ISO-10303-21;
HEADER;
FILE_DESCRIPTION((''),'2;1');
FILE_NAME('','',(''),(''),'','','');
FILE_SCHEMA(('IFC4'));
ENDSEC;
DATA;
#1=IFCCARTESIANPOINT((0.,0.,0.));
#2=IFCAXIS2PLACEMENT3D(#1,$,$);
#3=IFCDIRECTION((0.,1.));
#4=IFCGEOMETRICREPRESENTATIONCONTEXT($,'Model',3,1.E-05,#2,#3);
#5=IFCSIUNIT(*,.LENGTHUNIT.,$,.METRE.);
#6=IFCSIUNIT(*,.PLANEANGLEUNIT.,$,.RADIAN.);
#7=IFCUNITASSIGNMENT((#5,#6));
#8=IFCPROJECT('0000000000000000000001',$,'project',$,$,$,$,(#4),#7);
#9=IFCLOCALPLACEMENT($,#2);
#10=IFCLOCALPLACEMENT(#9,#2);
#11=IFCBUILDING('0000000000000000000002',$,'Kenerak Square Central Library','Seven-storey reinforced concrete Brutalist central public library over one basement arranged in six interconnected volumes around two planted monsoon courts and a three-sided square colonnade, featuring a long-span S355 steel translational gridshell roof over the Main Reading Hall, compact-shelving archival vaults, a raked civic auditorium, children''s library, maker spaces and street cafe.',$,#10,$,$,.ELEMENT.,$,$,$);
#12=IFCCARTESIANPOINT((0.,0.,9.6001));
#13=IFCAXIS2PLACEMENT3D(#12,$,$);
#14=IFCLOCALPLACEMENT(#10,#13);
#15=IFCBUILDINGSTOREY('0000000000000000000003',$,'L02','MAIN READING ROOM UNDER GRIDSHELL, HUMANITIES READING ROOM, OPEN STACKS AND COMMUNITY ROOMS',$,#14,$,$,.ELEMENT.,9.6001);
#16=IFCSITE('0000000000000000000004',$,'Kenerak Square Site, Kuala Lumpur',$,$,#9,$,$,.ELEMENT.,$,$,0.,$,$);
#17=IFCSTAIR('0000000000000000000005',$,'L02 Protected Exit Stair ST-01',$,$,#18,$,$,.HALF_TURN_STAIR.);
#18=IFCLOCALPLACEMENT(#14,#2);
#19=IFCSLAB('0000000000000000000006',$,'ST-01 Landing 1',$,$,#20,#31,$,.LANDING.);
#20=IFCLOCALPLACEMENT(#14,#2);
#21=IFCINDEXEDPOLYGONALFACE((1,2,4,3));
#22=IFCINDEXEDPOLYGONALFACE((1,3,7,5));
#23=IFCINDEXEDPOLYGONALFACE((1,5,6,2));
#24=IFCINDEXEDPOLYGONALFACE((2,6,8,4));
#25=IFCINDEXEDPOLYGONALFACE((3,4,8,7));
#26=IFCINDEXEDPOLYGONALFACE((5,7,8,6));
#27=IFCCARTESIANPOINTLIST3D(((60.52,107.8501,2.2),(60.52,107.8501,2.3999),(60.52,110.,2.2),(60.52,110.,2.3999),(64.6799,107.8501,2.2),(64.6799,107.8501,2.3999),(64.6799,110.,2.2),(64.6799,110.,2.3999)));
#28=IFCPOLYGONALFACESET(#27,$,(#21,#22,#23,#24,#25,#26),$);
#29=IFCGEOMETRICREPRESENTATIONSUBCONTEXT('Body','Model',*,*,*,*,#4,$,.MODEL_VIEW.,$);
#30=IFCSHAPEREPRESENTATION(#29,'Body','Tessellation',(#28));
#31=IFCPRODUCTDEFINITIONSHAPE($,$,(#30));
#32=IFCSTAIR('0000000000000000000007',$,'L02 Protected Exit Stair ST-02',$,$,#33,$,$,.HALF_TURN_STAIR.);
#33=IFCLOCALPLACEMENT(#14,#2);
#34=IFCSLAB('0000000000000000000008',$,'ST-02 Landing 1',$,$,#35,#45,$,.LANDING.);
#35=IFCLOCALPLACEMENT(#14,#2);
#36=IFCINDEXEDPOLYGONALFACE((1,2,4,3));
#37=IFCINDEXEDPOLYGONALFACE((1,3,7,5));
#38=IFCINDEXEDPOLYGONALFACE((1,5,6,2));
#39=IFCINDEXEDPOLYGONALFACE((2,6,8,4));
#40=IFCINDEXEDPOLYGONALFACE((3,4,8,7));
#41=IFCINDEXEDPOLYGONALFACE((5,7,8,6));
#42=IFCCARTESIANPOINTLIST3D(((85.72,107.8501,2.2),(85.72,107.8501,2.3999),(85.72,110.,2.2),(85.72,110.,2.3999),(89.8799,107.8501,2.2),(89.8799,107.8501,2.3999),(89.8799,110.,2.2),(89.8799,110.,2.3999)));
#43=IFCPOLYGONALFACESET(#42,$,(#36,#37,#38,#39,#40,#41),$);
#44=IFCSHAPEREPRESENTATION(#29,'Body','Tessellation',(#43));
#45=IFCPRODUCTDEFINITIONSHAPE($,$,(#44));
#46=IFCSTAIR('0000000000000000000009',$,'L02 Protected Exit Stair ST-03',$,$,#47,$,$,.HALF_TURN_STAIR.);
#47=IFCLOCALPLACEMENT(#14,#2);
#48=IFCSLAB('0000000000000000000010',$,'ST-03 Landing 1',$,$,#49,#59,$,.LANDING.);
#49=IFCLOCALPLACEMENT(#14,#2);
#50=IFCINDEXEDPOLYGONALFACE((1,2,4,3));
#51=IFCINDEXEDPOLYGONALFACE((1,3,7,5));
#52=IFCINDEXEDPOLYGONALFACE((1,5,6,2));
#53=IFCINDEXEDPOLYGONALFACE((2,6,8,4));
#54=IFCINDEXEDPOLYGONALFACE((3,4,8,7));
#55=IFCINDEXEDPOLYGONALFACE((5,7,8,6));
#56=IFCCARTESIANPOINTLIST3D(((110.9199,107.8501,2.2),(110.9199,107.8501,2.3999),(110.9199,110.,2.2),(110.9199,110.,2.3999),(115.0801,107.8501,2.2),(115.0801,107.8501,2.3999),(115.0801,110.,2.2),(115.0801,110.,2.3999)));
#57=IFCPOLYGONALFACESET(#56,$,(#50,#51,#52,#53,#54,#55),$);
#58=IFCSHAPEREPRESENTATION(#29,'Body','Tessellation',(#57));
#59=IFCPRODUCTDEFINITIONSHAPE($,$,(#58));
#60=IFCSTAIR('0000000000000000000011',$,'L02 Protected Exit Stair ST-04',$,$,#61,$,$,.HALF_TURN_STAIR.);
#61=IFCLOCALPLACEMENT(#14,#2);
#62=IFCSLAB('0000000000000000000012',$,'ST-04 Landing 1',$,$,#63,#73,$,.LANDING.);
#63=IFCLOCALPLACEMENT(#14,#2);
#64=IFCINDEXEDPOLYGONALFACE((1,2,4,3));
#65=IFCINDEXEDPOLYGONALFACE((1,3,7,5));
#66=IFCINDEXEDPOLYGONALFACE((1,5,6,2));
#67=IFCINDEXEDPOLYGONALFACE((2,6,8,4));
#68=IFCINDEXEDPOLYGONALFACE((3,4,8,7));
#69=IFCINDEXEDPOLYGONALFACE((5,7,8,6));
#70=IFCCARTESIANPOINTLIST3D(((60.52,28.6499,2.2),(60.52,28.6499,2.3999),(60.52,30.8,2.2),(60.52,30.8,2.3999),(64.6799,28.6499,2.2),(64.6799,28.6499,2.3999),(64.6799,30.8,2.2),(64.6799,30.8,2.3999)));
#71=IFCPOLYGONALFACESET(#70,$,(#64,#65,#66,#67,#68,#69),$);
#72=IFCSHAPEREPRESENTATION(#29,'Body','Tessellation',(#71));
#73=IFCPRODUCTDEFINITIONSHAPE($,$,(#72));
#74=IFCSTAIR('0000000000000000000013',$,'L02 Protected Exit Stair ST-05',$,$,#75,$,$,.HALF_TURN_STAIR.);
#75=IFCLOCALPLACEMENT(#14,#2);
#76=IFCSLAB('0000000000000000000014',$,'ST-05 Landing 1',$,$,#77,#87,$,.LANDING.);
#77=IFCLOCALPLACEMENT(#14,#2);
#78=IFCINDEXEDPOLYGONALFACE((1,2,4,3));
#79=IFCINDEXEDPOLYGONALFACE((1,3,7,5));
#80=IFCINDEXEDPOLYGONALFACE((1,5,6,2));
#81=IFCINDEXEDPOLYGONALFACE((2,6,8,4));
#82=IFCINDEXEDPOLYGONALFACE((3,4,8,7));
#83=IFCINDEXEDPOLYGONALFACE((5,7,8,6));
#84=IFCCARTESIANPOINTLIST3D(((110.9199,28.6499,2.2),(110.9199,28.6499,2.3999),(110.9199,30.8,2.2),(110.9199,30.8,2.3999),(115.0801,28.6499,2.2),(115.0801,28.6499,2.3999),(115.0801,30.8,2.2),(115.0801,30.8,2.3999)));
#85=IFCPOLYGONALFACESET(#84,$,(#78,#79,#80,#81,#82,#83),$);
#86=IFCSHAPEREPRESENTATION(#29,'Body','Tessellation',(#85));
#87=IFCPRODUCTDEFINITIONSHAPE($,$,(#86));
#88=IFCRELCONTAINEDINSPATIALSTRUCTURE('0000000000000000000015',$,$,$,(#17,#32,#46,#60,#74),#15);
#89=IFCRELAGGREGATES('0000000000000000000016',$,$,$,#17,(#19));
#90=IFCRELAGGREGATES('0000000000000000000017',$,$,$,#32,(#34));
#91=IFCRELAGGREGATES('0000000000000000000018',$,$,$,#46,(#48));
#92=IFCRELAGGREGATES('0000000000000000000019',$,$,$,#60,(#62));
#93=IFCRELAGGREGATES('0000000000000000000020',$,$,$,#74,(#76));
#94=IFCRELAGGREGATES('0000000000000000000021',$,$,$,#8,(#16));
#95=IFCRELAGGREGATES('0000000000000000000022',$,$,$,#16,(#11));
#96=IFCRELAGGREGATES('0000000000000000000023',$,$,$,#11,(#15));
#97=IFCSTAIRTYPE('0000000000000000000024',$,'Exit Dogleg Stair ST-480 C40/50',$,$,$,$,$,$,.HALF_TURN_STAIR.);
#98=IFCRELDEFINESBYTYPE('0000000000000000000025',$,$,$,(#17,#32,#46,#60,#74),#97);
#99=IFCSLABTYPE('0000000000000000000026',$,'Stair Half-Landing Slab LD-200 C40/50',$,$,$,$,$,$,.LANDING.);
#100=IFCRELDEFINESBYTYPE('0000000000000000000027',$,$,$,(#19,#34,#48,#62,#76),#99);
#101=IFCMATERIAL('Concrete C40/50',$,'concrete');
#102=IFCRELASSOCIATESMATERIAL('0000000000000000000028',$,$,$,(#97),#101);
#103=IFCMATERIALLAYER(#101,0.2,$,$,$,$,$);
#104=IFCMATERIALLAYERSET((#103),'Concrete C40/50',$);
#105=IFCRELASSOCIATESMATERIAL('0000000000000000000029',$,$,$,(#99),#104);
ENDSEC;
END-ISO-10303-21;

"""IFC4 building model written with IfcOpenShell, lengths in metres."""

from ifc_helpers import new_model, si_unit, direction, frame, origin, place, context, subcontext, project, spatial, polyline, outline, extrude, material, layer, layer_set, type_object, element, aggregate, save


model = new_model("IFC4")

# Units and contexts
model_context = context("Model", 3, precision=1e-05, world=origin(), true_north=direction((0.0, 1.0)))
body_context = subcontext(model_context, "Body", "Model", "MODEL_VIEW")
ifc_project = project(units=[si_unit("LENGTHUNIT", "METRE"), si_unit("PLANEANGLEUNIT", "RADIAN")], contexts=[model_context])

# Site, building, storey
site_placement = place(None, origin())
site = spatial("IfcSite", under=ifc_project, at=site_placement, Name="Kenerak Square Site, Kuala Lumpur", CompositionType="ELEMENT", RefElevation=0.0)
building_placement = place(site_placement, origin())
building = spatial("IfcBuilding", under=site, at=building_placement, Name="Kenerak Square Central Library", Description="Seven-storey reinforced concrete Brutalist central public library over one basement arranged in six interconnected volumes around two planted monsoon courts and a three-sided square colonnade, featuring a long-span S355 steel translational gridshell roof over the Main Reading Hall, compact-shelving archival vaults, a raked civic auditorium, children's library, maker spaces and street cafe.", CompositionType="ELEMENT")
storey_placement = place(building_placement, frame((0.0, 0.0, 9.6001)))
storey = spatial("IfcBuildingStorey", under=building, at=storey_placement, Name="L02", Description="MAIN READING ROOM UNDER GRIDSHELL, HUMANITIES READING ROOM, OPEN STACKS AND COMMUNITY ROOMS", CompositionType="ELEMENT", Elevation=9.6001)

# Shared definitions
ifc_material = material(Name="Concrete C40/50", Category="concrete")

# Stairs, slabs
stair_type = type_object("IfcStairType", Name="Exit Dogleg Stair ST-480 C40/50", PredefinedType="HALF_TURN_STAIR", material=ifc_material)
stair_1_placement = place(storey_placement, origin())
stair_1 = element("IfcStair", 1, at=stair_1_placement, inside=storey, type_object=stair_type, Name="L02 Protected Exit Stair ST-01", PredefinedType="HALF_TURN_STAIR")
ifc_layer_1 = layer(ifc_material, 0.2)
ifc_layer_set_1 = layer_set([ifc_layer_1], Name="Concrete C40/50")
slab_type_1 = type_object("IfcSlabType", Name="Stair Half-Landing Slab LD-200 C40/50", PredefinedType="LANDING", material=ifc_layer_set_1)
slab_1_placement = place(storey_placement, frame((0.0, 0.0, 2.2)))
slab_1 = element("IfcSlab", 2, at=slab_1_placement, type_object=slab_type_1, Name="ST-01 Landing 1", PredefinedType="LANDING", context=body_context, shape_type="SweptSolid", body=[
    extrude(outline(polyline([(64.6799, 107.8501), (64.6799, 110.0), (60.52, 110.0), (60.52, 107.8501), (64.6799, 107.8501)])), origin(), (0.0, 0.0, 1.0), 0.2),
])
aggregate(stair_1, [slab_1])
stair_2_placement = place(storey_placement, origin())
stair_2 = element("IfcStair", 3, at=stair_2_placement, inside=storey, type_object=stair_type, Name="L02 Protected Exit Stair ST-02", PredefinedType="HALF_TURN_STAIR")
slab_2_placement = place(storey_placement, frame((0.0, 0.0, 2.2)))
slab_2 = element("IfcSlab", 4, at=slab_2_placement, type_object=slab_type_1, Name="ST-02 Landing 1", PredefinedType="LANDING", context=body_context, shape_type="SweptSolid", body=[
    extrude(outline(polyline([(89.8799, 107.8501), (89.8799, 110.0), (85.72, 110.0), (85.72, 107.8501), (89.8799, 107.8501)])), origin(), (0.0, 0.0, 1.0), 0.2),
])
aggregate(stair_2, [slab_2])
stair_3_placement = place(storey_placement, origin())
stair_3 = element("IfcStair", 5, at=stair_3_placement, inside=storey, type_object=stair_type, Name="L02 Protected Exit Stair ST-03", PredefinedType="HALF_TURN_STAIR")
slab_3_placement = place(storey_placement, frame((0.0, 0.0, 2.2)))
slab_3 = element("IfcSlab", 6, at=slab_3_placement, type_object=slab_type_1, Name="ST-03 Landing 1", PredefinedType="LANDING", context=body_context, shape_type="SweptSolid", body=[
    extrude(outline(polyline([(115.0801, 107.8501), (115.0801, 110.0), (110.9199, 110.0), (110.9199, 107.8501), (115.0801, 107.8501)])), origin(), (0.0, 0.0, 1.0), 0.2),
])
aggregate(stair_3, [slab_3])
stair_4_placement = place(storey_placement, origin())
stair_4 = element("IfcStair", 7, at=stair_4_placement, inside=storey, type_object=stair_type, Name="L02 Protected Exit Stair ST-04", PredefinedType="HALF_TURN_STAIR")
slab_4_placement = place(storey_placement, frame((0.0, 0.0, 2.2)))
slab_4 = element("IfcSlab", 8, at=slab_4_placement, type_object=slab_type_1, Name="ST-04 Landing 1", PredefinedType="LANDING", context=body_context, shape_type="SweptSolid", body=[
    extrude(outline(polyline([(64.6799, 28.6499), (64.6799, 30.8), (60.52, 30.8), (60.52, 28.6499), (64.6799, 28.6499)])), origin(), (0.0, 0.0, 1.0), 0.2),
])
aggregate(stair_4, [slab_4])
stair_5_placement = place(storey_placement, origin())
stair_5 = element("IfcStair", 9, at=stair_5_placement, inside=storey, type_object=stair_type, Name="L02 Protected Exit Stair ST-05", PredefinedType="HALF_TURN_STAIR")
slab_5_placement = place(storey_placement, frame((0.0, 0.0, 2.2)))
slab_5 = element("IfcSlab", 10, at=slab_5_placement, type_object=slab_type_1, Name="ST-05 Landing 1", PredefinedType="LANDING", context=body_context, shape_type="SweptSolid", body=[
    extrude(outline(polyline([(115.0801, 28.6499), (115.0801, 30.8), (110.9199, 30.8), (110.9199, 28.6499), (115.0801, 28.6499)])), origin(), (0.0, 0.0, 1.0), 0.2),
])
aggregate(stair_5, [slab_5])

save(model, "model.ifc")
